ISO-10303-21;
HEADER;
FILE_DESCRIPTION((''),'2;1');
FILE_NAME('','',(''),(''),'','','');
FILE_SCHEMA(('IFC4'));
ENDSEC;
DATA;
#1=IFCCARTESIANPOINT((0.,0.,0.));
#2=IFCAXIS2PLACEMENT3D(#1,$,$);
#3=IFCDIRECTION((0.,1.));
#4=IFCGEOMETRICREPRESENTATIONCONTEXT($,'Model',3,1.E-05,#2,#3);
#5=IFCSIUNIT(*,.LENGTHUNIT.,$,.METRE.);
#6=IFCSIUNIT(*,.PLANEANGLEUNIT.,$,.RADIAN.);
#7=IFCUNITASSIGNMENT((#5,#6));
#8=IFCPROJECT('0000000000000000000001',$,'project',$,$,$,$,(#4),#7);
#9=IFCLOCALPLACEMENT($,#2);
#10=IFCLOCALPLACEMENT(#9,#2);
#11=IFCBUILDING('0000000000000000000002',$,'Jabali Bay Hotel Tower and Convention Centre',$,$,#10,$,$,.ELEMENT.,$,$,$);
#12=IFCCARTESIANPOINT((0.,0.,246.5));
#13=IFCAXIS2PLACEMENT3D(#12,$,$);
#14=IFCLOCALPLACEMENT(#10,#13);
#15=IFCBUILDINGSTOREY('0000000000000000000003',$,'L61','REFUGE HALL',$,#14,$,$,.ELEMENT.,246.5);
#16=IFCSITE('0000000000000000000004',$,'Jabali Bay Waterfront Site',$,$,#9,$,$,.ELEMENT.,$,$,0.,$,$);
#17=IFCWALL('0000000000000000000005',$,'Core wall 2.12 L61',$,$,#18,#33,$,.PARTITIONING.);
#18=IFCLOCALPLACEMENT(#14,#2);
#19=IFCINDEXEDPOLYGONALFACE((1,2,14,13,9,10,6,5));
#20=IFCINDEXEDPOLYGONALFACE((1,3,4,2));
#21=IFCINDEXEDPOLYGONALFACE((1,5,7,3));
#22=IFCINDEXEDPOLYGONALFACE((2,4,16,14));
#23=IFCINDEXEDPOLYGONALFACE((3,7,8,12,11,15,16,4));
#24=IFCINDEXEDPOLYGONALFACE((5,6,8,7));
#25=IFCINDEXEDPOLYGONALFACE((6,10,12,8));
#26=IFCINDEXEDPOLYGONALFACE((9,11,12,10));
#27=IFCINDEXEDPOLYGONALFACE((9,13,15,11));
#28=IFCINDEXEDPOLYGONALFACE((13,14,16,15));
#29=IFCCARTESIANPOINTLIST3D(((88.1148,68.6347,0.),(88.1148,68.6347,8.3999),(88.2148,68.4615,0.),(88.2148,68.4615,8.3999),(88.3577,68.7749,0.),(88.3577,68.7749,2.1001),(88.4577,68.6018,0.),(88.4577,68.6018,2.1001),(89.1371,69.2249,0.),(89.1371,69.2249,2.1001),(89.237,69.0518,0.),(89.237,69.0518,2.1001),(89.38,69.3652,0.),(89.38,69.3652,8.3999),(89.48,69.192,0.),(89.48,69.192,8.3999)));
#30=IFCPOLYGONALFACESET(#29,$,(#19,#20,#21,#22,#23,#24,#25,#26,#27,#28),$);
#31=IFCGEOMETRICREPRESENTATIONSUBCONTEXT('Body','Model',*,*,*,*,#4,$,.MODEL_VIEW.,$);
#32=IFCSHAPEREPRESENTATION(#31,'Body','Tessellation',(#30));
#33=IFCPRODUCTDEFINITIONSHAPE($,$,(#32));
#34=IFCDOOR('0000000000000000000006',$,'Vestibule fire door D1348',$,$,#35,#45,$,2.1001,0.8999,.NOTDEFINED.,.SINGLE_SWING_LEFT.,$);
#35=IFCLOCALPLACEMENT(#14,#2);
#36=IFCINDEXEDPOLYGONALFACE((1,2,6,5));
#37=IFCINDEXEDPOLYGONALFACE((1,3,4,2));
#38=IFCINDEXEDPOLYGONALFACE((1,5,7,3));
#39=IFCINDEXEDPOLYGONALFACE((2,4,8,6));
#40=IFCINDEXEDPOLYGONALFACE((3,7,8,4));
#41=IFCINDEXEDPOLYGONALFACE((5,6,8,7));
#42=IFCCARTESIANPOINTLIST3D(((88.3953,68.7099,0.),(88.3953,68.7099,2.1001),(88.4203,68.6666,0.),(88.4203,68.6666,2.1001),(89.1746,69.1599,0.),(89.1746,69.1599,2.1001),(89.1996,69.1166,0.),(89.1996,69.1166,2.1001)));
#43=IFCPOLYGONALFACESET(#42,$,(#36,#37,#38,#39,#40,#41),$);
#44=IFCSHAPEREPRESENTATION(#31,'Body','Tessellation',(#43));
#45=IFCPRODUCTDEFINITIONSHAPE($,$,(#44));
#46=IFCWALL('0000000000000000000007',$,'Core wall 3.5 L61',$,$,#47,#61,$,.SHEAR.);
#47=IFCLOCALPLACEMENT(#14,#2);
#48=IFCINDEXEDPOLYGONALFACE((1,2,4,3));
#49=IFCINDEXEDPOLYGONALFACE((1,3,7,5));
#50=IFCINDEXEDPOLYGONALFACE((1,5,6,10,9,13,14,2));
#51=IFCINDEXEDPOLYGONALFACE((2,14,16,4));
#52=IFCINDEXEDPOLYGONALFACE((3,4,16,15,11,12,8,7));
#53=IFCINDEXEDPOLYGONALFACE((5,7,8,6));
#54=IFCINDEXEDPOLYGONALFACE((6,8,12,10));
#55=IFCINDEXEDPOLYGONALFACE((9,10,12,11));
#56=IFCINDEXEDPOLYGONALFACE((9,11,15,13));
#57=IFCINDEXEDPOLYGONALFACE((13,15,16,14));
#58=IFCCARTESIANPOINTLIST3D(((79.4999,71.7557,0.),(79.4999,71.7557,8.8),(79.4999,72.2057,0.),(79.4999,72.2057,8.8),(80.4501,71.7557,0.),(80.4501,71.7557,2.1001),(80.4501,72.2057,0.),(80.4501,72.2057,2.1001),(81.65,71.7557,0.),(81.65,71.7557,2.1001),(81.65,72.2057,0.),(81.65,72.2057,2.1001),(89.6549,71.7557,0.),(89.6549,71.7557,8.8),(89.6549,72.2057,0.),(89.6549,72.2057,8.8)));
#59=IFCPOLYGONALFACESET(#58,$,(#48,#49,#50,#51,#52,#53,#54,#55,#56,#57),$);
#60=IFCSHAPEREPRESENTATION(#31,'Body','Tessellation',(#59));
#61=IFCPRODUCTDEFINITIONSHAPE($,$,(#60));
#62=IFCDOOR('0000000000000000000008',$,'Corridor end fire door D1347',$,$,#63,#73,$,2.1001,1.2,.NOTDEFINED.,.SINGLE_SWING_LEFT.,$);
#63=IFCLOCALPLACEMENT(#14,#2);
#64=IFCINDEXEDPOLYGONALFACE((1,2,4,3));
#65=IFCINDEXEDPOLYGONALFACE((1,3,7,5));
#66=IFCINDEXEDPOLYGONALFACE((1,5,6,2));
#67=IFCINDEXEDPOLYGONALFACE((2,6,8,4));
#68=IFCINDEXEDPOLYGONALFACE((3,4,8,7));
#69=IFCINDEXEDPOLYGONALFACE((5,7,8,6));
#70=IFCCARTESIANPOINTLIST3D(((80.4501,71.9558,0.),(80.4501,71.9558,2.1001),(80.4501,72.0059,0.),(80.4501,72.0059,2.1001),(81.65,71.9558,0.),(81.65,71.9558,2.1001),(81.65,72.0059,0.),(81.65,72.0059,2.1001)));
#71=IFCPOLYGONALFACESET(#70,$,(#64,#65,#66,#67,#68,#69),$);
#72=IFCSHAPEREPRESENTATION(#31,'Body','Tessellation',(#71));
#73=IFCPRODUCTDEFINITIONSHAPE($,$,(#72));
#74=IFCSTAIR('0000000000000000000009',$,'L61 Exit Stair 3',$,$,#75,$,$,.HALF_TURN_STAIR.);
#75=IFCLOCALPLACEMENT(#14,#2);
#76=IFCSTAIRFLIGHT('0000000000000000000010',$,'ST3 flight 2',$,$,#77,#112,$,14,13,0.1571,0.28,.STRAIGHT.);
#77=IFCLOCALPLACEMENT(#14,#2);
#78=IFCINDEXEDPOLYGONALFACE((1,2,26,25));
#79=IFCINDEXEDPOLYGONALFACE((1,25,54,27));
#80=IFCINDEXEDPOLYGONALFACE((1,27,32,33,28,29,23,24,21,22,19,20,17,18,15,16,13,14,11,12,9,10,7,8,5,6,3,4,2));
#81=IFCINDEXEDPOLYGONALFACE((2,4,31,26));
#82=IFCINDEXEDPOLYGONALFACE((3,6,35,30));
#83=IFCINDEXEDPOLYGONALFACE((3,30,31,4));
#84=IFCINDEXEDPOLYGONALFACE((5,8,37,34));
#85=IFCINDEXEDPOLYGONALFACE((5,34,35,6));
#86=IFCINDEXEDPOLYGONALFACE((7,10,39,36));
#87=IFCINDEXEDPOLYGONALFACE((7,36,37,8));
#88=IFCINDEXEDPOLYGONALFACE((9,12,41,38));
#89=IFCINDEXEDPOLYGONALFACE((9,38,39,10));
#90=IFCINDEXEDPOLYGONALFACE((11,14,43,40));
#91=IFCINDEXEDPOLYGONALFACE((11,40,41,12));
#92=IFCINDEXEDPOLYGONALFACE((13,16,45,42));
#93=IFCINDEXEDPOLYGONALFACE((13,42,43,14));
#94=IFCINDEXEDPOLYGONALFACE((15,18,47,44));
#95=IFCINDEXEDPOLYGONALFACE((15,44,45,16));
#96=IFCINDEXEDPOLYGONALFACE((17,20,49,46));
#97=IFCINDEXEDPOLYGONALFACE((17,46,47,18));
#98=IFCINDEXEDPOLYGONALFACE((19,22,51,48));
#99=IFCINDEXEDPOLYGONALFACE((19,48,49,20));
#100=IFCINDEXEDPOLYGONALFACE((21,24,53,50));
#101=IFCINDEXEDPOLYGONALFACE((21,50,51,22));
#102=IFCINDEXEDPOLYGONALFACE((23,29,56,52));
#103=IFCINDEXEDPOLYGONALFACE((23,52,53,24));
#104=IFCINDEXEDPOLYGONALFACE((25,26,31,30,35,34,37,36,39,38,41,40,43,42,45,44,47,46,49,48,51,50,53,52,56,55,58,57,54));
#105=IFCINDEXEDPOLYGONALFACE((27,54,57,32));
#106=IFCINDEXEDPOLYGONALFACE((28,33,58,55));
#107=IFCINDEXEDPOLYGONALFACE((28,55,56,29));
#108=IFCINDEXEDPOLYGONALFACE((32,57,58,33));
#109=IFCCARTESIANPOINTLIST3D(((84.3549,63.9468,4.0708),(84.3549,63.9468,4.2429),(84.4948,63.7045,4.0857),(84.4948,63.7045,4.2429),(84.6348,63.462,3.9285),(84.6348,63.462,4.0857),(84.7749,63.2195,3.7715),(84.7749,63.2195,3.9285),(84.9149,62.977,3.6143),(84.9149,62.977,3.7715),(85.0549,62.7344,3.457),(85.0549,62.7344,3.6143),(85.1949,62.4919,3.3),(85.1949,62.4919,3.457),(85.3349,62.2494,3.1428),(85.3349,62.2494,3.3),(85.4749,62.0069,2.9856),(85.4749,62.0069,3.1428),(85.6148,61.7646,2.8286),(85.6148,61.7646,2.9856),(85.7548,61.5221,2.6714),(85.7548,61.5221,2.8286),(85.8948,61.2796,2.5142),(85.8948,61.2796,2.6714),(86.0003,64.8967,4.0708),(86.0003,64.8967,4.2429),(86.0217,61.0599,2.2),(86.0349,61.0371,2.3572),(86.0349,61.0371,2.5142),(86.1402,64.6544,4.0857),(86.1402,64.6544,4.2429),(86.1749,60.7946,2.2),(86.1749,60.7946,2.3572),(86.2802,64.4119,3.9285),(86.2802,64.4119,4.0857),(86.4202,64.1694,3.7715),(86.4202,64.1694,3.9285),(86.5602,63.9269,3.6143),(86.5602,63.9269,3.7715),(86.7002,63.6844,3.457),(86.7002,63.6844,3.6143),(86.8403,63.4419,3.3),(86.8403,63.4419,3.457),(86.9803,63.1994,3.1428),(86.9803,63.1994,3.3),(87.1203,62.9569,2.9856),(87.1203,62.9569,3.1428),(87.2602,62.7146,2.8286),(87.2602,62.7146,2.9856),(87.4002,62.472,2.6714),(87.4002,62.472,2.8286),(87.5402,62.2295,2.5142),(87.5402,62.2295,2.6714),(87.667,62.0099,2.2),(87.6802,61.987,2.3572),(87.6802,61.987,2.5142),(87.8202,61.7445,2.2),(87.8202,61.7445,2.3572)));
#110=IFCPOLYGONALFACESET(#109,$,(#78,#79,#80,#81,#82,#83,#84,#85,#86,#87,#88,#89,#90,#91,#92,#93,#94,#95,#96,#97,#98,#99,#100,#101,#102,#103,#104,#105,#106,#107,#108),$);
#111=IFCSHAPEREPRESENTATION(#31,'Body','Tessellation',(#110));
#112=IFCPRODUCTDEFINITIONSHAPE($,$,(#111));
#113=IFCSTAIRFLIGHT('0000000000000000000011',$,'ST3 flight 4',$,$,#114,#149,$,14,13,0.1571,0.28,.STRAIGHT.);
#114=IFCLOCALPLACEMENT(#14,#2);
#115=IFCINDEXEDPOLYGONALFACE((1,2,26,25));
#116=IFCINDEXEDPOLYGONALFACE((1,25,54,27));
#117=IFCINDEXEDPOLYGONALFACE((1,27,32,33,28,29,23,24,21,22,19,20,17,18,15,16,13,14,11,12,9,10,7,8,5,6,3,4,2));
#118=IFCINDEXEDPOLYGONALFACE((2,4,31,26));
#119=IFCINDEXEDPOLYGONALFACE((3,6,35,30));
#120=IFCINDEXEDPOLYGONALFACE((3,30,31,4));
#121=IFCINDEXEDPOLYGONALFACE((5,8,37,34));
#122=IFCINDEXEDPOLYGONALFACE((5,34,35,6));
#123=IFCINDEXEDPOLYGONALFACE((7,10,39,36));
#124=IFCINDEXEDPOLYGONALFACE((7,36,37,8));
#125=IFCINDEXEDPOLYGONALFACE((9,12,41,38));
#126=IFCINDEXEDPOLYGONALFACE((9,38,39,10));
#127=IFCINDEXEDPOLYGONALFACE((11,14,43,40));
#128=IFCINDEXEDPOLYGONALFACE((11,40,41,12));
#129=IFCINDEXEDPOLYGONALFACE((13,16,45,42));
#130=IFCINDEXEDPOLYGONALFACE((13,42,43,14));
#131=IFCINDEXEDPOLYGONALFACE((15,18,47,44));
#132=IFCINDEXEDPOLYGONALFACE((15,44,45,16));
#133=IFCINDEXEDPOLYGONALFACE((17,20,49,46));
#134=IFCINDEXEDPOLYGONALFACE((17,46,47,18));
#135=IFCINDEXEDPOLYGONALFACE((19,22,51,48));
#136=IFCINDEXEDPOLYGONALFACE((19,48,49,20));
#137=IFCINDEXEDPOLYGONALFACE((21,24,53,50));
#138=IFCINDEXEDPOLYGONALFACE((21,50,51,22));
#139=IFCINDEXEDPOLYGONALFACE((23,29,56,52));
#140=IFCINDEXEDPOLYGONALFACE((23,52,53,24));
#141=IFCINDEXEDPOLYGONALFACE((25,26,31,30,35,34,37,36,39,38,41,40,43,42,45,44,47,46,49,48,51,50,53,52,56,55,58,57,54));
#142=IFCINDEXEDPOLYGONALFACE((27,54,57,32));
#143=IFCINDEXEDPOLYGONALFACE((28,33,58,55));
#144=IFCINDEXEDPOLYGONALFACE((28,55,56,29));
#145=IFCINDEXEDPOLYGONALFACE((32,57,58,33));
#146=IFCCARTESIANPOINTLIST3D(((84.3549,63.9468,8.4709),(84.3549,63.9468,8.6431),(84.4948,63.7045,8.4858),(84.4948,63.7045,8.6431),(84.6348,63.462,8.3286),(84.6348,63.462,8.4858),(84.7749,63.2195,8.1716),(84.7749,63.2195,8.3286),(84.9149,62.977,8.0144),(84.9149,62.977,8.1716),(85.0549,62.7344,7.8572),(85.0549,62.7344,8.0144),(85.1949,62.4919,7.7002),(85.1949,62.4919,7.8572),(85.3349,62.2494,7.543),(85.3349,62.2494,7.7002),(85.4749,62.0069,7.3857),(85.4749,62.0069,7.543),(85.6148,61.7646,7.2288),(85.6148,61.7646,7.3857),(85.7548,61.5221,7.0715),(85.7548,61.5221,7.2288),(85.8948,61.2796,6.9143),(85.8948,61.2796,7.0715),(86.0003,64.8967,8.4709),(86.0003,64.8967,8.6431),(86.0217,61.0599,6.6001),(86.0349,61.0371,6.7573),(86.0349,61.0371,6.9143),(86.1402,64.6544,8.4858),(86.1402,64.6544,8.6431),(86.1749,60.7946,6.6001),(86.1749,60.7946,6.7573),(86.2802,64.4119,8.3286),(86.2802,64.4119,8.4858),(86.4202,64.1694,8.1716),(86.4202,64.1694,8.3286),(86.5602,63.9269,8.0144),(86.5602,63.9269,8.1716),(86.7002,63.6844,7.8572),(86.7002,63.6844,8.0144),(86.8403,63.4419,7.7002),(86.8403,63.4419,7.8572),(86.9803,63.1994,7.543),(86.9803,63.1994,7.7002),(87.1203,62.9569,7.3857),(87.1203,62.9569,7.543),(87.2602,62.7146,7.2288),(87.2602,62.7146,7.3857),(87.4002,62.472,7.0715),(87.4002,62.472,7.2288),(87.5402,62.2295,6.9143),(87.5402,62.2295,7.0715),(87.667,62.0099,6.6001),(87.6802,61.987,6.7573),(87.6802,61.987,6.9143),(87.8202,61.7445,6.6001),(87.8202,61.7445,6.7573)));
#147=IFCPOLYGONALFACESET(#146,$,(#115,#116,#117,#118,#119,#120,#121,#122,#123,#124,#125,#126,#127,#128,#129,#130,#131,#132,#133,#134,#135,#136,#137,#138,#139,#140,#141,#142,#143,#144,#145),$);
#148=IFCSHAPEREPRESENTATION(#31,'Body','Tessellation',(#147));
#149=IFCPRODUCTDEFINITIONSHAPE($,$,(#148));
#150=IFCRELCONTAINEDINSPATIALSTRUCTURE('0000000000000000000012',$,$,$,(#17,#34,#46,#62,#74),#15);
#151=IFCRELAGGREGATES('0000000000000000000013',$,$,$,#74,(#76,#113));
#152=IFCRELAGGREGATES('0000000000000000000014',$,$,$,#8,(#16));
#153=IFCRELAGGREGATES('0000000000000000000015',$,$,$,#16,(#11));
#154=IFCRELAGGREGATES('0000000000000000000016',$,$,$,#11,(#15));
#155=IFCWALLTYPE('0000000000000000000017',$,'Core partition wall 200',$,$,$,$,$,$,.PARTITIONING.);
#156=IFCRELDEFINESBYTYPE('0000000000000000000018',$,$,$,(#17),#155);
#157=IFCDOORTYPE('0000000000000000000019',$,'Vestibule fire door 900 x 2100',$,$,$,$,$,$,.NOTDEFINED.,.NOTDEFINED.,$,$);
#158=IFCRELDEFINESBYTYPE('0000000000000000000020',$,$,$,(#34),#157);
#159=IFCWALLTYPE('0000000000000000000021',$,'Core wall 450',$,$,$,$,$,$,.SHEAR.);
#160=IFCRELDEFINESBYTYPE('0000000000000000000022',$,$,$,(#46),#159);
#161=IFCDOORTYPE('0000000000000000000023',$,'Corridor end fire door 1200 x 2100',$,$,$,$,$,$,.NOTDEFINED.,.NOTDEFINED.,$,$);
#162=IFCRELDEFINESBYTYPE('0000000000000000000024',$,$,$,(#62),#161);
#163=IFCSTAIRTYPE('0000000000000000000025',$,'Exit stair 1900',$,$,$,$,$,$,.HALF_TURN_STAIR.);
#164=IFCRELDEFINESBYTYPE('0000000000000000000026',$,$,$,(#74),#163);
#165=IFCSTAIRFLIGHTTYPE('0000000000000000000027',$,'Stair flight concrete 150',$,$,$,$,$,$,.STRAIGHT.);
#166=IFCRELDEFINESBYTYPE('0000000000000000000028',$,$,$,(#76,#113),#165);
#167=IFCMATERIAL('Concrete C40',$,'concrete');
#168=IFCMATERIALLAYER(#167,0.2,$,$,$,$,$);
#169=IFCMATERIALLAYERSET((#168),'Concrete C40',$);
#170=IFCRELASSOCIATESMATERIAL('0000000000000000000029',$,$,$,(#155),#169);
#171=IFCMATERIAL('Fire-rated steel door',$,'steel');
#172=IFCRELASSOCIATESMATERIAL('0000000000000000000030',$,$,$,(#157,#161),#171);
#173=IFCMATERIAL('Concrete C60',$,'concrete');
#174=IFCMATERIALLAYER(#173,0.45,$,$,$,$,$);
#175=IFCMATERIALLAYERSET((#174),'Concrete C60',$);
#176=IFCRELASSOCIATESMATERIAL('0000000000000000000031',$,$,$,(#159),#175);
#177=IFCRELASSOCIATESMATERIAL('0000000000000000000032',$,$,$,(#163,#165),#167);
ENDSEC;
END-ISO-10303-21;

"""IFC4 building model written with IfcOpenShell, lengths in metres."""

from ifc_helpers import new_model, si_unit, direction, frame, frame_2d, origin, place, context, subcontext, project, spatial, polyline, rectangle, outline, extrude, material, layer, layer_set, type_object, element, fill, aggregate, save


model = new_model("IFC4")

# Units and contexts
model_context = context("Model", 3, precision=1e-05, world=origin(), true_north=direction((0.0, 1.0)))
body_context = subcontext(model_context, "Body", "Model", "MODEL_VIEW")
ifc_project = project(units=[si_unit("LENGTHUNIT", "METRE"), si_unit("PLANEANGLEUNIT", "RADIAN")], contexts=[model_context])

# Site, building, storey
site_placement = place(None, origin())
site = spatial("IfcSite", under=ifc_project, at=site_placement, Name="Jabali Bay Waterfront Site", CompositionType="ELEMENT", RefElevation=0.0)
building_placement = place(site_placement, origin())
building = spatial("IfcBuilding", under=site, at=building_placement, Name="Jabali Bay Hotel Tower and Convention Centre", CompositionType="ELEMENT")
storey_placement = place(building_placement, frame((0.0, 0.0, 246.5)))
storey = spatial("IfcBuildingStorey", under=building, at=storey_placement, Name="L61", Description="REFUGE HALL", CompositionType="ELEMENT", Elevation=246.5)

# Shared definitions
ifc_material_1 = material(Name="Concrete C60", Category="concrete")

# Shared definitions
ifc_material_2 = material(Name="Concrete C40", Category="concrete")
ifc_layer_1 = layer(ifc_material_2, 0.2)
ifc_layer_set_1 = layer_set([ifc_layer_1], Name="Concrete C40")
wall_type_1 = type_object("IfcWallType", Name="Core partition wall 200", PredefinedType="PARTITIONING", material=ifc_layer_set_1)

# Walls, openings, doors
wall_1_placement = place(storey_placement, frame((88.1648, 68.5481, 0.0), z_axis=(0.0, 0.0, 1.0), x_axis=(0.866013, 0.500021, 0.0)))
wall_1 = element("IfcWall", 1, at=wall_1_placement, inside=storey, type_object=wall_type_1, Name="Core wall 2.12 L61", PredefinedType="PARTITIONING", context=body_context, shape_type="SweptSolid", body=[
    extrude(rectangle(XDim=1.4609, YDim=0.2, at=frame_2d((0.7305, 0.0))), origin(), (0.0, 0.0, 1.0), 8.3999),
])
opening_1_placement = place(wall_1_placement, frame((0.2805, 0.0, 0.0)))
opening_1 = element("IfcOpeningElement", 2, at=opening_1_placement, cuts=wall_1, PredefinedType="OPENING", context=body_context, shape_type="SweptSolid", body=[
    extrude(rectangle(XDim=0.8999, YDim=2.1001, at=frame_2d((0.45, 1.05))), frame((0.0, 0.1104, 0.0), z_axis=(0.0, -1.0, 0.0), x_axis=(1.0, 0.0, 0.0)), (0.0, 0.0, 1.0), 0.2209),
])
ifc_material_3 = material(Name="Fire-rated steel door", Category="steel")
door_type_1 = type_object("IfcDoorType", Name="Vestibule fire door 900 x 2100", OperationType="NOTDEFINED", PredefinedType="NOTDEFINED", material=ifc_material_3)
door_1_placement = place(opening_1_placement, origin())
door_1 = element("IfcDoor", 3, at=door_1_placement, inside=storey, type_object=door_type_1, Name="Vestibule fire door D1348", OperationType="SINGLE_SWING_LEFT", OverallHeight=2.1001, OverallWidth=0.8999, PredefinedType="NOTDEFINED", context=body_context, shape_type="SweptSolid", body=[
    extrude(rectangle(XDim=0.8999, YDim=2.1001, at=frame_2d((0.45, 1.05))), frame((0.0, 0.0249, 0.0), z_axis=(0.0, -1.0, 0.0), x_axis=(1.0, 0.0, 0.0)), (0.0, 0.0, 1.0), 0.05),
])
fill(opening_1, door_1)
ifc_layer_2 = layer(ifc_material_1, 0.45)
ifc_layer_set_2 = layer_set([ifc_layer_2], Name="Concrete C60")
wall_type_2 = type_object("IfcWallType", Name="Core wall 450", PredefinedType="SHEAR", material=ifc_layer_set_2)
wall_2_placement = place(storey_placement, frame((89.655, 71.9807, 0.0), z_axis=(0.0, 0.0, 1.0), x_axis=(-1.0, 0.0, 0.0)))
wall_2 = element("IfcWall", 4, at=wall_2_placement, inside=storey, type_object=wall_type_2, Name="Core wall 3.5 L61", PredefinedType="SHEAR", context=body_context, shape_type="SweptSolid", body=[
    extrude(rectangle(XDim=10.155, YDim=0.45, at=frame_2d((5.0776, 0.0))), origin(), (0.0, 0.0, 1.0), 8.8),
])
opening_2_placement = place(wall_2_placement, frame((8.0049, 0.0, 0.0)))
opening_2 = element("IfcOpeningElement", 5, at=opening_2_placement, cuts=wall_2, PredefinedType="OPENING", context=body_context, shape_type="SweptSolid", body=[
    extrude(rectangle(XDim=1.2, YDim=2.1001, at=frame_2d((0.6001, 1.05))), frame((0.0, 0.2354, 0.0), z_axis=(0.0, -1.0, 0.0), x_axis=(1.0, 0.0, 0.0)), (0.0, 0.0, 1.0), 0.4709),
])
door_type_2 = type_object("IfcDoorType", Name="Corridor end fire door 1200 x 2100", OperationType="NOTDEFINED", PredefinedType="NOTDEFINED", material=ifc_material_3)
door_2_placement = place(opening_2_placement, origin())
door_2 = element("IfcDoor", 6, at=door_2_placement, inside=storey, type_object=door_type_2, Name="Corridor end fire door D1347", OperationType="SINGLE_SWING_LEFT", OverallHeight=2.1001, OverallWidth=1.2, PredefinedType="NOTDEFINED", context=body_context, shape_type="SweptSolid", body=[
    extrude(rectangle(XDim=1.2, YDim=2.1001, at=frame_2d((0.6001, 1.05))), frame((0.0, 0.0249, 0.0), z_axis=(0.0, -1.0, 0.0), x_axis=(1.0, 0.0, 0.0)), (0.0, 0.0, 1.0), 0.05),
])
fill(opening_2, door_2)

# Stair, stair flights
stair_type = type_object("IfcStairType", Name="Exit stair 1900", PredefinedType="HALF_TURN_STAIR", material=ifc_material_2)
stair_placement = place(storey_placement, origin())
stair = element("IfcStair", 7, at=stair_placement, inside=storey, type_object=stair_type, Name="L61 Exit Stair 3", PredefinedType="HALF_TURN_STAIR")
stair_flight_type = type_object("IfcStairFlightType", Name="Stair flight concrete 150", PredefinedType="STRAIGHT", material=ifc_material_2)
stair_flight_1_placement = place(storey_placement, frame((86.9976, 61.2695, 2.2), z_axis=(0.0, 0.0, 1.0), x_axis=(-0.5, 0.866025, 0.0)))
stair_flight_1 = element("IfcStairFlight", 8, at=stair_flight_1_placement, type_object=stair_flight_type, Name="ST3 flight 2", NumberOfRisers=14, NumberOfTreads=13, PredefinedType="STRAIGHT", RiserHeight=0.1571, TreadLength=0.28, context=body_context, shape_type="SweptSolid", body=[
    extrude(outline(polyline([(0.0, 0.0), (0.0, 0.1572), (0.28, 0.1572), (0.28, 0.3142), (0.5601, 0.3142), (0.5601, 0.4714), (0.8401, 0.4714), (0.8401, 0.6287), (1.1201, 0.6287), (1.1201, 0.7856), (1.3999, 0.7856), (1.3999, 0.9429), (1.6799, 0.9429), (1.6799, 1.1001), (1.96, 1.1001), (1.96, 1.2571), (2.24, 1.2571), (2.24, 1.4143), (2.52, 1.4143), (2.52, 1.5715), (2.8, 1.5715), (2.8, 1.7285), (3.0801, 1.7285), (3.0801, 1.8857), (3.3601, 1.8857), (3.3601, 2.043), (3.6399, 2.043), (3.6399, 2.2), (3.6399, 1.8708), (0.3064, 0.0), (0.0, 0.0)])), frame((0.0, 0.95, 0.0), z_axis=(0.0, -1.0, 0.0), x_axis=(1.0, 0.0, 0.0)), (0.0, 0.0, 1.0), 1.8999),
])
stair_flight_2_placement = place(storey_placement, frame((86.9976, 61.2695, 6.6001), z_axis=(0.0, 0.0, 1.0), x_axis=(-0.5, 0.866025, 0.0)))
stair_flight_2 = element("IfcStairFlight", 9, at=stair_flight_2_placement, type_object=stair_flight_type, Name="ST3 flight 4", NumberOfRisers=14, NumberOfTreads=13, PredefinedType="STRAIGHT", RiserHeight=0.1571, TreadLength=0.28, context=body_context, shape_type="SweptSolid", body=[
    extrude(outline(polyline([(0.0, 0.0), (0.0, 0.1572), (0.28, 0.1572), (0.28, 0.3142), (0.5601, 0.3142), (0.5601, 0.4714), (0.8401, 0.4714), (0.8401, 0.6287), (1.1201, 0.6287), (1.1201, 0.7856), (1.3999, 0.7856), (1.3999, 0.9429), (1.6799, 0.9429), (1.6799, 1.1001), (1.96, 1.1001), (1.96, 1.2571), (2.24, 1.2571), (2.24, 1.4143), (2.52, 1.4143), (2.52, 1.5715), (2.8, 1.5715), (2.8, 1.7285), (3.0801, 1.7285), (3.0801, 1.8857), (3.3601, 1.8857), (3.3601, 2.043), (3.6399, 2.043), (3.6399, 2.2), (3.6399, 1.8708), (0.3064, 0.0), (0.0, 0.0)])), frame((0.0, 0.95, 0.0), z_axis=(0.0, -1.0, 0.0), x_axis=(1.0, 0.0, 0.0)), (0.0, 0.0, 1.0), 1.8999),
])
aggregate(stair, [stair_flight_1, stair_flight_2])

save(model, "model.ifc")
